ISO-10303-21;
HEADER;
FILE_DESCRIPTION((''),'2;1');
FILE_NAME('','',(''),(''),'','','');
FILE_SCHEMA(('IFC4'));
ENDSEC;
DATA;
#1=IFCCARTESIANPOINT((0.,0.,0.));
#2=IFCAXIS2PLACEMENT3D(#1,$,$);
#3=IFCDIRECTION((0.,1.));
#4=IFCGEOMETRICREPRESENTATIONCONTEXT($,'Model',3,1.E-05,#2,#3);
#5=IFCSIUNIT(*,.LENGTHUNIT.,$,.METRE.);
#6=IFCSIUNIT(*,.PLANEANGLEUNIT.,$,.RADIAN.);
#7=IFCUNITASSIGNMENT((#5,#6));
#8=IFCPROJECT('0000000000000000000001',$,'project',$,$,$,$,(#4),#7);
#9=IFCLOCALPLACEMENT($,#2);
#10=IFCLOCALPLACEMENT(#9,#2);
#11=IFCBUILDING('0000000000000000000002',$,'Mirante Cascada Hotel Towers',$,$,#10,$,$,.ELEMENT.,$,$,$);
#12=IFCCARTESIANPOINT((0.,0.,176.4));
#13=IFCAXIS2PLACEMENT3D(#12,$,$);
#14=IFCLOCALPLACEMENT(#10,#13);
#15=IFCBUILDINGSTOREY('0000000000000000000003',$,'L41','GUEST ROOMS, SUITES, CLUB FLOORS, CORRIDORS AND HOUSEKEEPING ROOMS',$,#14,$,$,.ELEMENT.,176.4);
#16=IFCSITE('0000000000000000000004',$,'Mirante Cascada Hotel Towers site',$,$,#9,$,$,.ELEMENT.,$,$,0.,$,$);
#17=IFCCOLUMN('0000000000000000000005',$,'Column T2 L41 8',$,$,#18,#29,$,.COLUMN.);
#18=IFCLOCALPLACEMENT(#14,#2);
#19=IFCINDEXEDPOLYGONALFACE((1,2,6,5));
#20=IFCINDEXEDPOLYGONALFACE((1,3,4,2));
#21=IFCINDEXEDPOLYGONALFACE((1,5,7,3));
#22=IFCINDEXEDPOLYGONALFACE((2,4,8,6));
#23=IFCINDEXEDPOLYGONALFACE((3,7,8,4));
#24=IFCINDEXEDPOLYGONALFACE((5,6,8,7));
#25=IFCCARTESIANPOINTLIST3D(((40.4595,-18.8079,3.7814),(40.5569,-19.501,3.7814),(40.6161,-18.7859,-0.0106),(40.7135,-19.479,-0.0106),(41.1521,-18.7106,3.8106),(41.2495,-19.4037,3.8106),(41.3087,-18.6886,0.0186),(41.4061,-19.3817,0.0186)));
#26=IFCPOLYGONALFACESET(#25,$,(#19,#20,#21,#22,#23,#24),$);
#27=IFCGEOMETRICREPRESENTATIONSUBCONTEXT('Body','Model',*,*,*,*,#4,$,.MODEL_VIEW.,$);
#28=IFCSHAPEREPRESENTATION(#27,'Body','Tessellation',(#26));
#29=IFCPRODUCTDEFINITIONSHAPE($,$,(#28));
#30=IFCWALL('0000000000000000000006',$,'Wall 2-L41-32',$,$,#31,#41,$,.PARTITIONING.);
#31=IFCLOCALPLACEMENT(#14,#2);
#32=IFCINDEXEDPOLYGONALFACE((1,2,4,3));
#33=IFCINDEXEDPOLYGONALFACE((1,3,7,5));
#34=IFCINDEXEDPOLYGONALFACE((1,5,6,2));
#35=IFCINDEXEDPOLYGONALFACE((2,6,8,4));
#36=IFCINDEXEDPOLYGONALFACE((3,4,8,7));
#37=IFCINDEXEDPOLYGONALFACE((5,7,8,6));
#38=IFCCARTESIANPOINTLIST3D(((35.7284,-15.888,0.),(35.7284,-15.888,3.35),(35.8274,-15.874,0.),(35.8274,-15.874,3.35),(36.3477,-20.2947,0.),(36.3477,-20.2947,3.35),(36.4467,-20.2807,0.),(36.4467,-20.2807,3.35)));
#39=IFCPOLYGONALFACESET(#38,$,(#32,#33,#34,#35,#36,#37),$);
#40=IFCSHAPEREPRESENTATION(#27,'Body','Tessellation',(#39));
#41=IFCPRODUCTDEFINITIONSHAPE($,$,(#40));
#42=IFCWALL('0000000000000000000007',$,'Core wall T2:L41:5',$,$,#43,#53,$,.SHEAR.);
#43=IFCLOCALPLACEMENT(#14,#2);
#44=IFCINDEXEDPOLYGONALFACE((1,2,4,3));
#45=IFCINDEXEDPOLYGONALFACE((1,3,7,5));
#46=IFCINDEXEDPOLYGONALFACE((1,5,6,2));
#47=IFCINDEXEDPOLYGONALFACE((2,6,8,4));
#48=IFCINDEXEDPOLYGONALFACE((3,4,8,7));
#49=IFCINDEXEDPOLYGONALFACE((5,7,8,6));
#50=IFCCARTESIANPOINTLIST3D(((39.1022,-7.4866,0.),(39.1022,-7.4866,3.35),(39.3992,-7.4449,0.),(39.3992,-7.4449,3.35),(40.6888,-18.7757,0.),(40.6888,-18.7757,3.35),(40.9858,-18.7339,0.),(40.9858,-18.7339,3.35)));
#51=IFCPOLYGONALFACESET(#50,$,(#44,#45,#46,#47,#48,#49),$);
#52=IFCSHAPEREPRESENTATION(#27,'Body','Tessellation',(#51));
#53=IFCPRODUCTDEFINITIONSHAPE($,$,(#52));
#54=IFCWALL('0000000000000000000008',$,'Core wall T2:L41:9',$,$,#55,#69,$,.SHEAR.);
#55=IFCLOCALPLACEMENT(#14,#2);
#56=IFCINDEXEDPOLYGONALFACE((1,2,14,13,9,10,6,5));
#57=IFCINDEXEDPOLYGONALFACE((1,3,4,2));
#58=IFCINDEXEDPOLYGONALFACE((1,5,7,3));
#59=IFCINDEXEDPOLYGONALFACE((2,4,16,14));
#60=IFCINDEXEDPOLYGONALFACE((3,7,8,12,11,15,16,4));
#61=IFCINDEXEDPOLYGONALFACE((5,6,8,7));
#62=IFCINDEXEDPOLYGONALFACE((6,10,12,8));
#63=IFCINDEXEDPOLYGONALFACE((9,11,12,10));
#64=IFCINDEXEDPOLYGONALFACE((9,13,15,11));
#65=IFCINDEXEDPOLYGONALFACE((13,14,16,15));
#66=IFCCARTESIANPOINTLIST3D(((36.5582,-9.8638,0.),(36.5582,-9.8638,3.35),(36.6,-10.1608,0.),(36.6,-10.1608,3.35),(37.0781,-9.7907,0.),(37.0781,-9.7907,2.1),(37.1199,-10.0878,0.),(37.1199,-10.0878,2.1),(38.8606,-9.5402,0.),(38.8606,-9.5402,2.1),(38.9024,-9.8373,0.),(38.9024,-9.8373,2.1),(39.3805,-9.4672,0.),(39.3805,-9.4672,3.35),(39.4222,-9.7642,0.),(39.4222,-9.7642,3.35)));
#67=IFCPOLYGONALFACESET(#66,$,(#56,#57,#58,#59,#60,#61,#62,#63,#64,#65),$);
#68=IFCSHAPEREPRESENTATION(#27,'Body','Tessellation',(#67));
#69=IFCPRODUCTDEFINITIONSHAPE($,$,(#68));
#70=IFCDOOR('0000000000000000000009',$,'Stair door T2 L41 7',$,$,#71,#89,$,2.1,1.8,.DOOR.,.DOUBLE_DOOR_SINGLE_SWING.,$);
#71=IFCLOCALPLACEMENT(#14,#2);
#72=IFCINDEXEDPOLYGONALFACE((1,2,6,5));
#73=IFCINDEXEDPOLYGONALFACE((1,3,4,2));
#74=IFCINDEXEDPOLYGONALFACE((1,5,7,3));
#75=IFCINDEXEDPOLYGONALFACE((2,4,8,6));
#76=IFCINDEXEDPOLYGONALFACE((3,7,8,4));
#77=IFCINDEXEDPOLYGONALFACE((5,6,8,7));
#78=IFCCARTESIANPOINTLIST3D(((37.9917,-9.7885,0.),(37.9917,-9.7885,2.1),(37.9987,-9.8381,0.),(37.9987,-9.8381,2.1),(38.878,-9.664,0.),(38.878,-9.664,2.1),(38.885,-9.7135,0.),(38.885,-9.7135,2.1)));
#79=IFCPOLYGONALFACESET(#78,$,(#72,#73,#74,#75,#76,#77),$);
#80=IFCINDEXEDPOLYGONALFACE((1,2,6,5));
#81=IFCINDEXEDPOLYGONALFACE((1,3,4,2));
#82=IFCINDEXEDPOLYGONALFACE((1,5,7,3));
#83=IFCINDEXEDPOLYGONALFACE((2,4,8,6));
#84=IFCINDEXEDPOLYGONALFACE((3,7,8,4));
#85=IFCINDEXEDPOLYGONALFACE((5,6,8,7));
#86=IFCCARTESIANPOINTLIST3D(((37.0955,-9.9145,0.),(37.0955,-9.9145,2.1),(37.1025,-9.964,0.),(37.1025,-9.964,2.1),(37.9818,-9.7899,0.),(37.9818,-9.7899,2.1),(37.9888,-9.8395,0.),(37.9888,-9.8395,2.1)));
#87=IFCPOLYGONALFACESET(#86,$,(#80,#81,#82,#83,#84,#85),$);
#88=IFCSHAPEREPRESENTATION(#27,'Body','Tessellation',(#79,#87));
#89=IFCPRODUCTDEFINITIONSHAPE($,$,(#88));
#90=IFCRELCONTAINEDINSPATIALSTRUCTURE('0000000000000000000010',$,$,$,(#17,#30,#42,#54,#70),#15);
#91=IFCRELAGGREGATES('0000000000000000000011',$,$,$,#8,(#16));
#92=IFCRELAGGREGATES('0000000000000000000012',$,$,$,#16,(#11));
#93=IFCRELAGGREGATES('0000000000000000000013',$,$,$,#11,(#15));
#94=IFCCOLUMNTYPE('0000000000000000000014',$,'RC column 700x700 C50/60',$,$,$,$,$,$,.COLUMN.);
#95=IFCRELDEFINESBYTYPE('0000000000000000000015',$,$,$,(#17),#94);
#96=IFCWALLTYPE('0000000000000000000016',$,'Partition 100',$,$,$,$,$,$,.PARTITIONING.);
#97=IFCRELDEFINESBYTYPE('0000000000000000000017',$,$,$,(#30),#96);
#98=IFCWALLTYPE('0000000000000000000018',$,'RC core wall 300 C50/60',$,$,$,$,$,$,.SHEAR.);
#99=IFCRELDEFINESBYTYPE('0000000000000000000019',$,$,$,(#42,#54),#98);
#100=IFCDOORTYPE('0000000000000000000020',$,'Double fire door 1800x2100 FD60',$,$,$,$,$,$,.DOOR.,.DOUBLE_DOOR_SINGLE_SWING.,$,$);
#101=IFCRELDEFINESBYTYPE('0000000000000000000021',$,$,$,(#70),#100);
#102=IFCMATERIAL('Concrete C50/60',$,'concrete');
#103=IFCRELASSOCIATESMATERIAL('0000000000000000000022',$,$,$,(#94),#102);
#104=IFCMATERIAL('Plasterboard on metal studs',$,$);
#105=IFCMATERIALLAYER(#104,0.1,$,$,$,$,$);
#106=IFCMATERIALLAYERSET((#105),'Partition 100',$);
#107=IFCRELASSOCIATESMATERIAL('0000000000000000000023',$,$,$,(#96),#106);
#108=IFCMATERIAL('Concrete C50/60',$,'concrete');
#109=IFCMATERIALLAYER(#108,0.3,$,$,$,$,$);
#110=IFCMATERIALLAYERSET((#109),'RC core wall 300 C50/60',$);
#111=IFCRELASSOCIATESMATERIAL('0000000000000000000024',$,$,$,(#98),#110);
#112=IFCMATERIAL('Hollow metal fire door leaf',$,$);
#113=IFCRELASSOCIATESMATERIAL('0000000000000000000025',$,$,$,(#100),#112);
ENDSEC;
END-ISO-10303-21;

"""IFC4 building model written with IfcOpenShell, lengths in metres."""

from ifc_helpers import new_model, si_unit, direction, frame, frame_2d, origin, origin_2d, place, context, subcontext, project, spatial, rectangle, extrude, material, layer, layer_set, material_profile, profile_set, type_object, element, fill, save


model = new_model("IFC4")

# Units and contexts
model_context = context("Model", 3, precision=1e-05, world=origin(), true_north=direction((0.0, 1.0)))
body_context = subcontext(model_context, "Body", "Model", "MODEL_VIEW")
ifc_project = project(units=[si_unit("LENGTHUNIT", "METRE"), si_unit("PLANEANGLEUNIT", "RADIAN")], contexts=[model_context])

# Site, building, storey
site_placement = place(None, origin())
site = spatial("IfcSite", under=ifc_project, at=site_placement, Name="Mirante Cascada Hotel Towers site", CompositionType="ELEMENT", RefElevation=0.0)
building_placement = place(site_placement, origin())
building = spatial("IfcBuilding", under=site, at=building_placement, Name="Mirante Cascada Hotel Towers", CompositionType="ELEMENT")
storey_placement = place(building_placement, frame((0.0, 0.0, 176.4)))
storey = spatial("IfcBuildingStorey", under=building, at=storey_placement, Name="L41", Description="GUEST ROOMS, SUITES, CLUB FLOORS, CORRIDORS AND HOUSEKEEPING ROOMS", CompositionType="ELEMENT", Elevation=176.4)

# Column
ifc_material_1 = material(Name="Concrete C50/60", Category="concrete")
ifc_material_profile = material_profile(ifc_material_1, rectangle(XDim=0.7, YDim=0.7, at=origin_2d()), Name="RC column 700x700 C50/60")
ifc_profile_set = profile_set([ifc_material_profile], Name="Concrete C50/60")
column_type = type_object("IfcColumnType", Name="RC column 700x700 C50/60", PredefinedType="COLUMN", material=ifc_profile_set)
column_placement = place(storey_placement, frame((41.0111, -19.0838, 0.004), z_axis=(-0.041262, -0.005797, 0.999132), x_axis=(0.139119, -0.990276, 0.0)))
element("IfcColumn", 1, at=column_placement, inside=storey, type_object=column_type, Name="Column T2 L41 8", PredefinedType="COLUMN", context=body_context, shape_type="SweptSolid", body=[
    extrude(rectangle(XDim=0.7, YDim=0.7, at=origin_2d()), origin(), (0.0, 0.0, 1.0), 3.7953),
])

# Walls
ifc_material_2 = material(Name="Plasterboard on metal studs")
ifc_layer_1 = layer(ifc_material_2, 0.1)
ifc_layer_set_1 = layer_set([ifc_layer_1], Name="Partition 100")
wall_type_1 = type_object("IfcWallType", Name="Partition 100", PredefinedType="PARTITIONING", material=ifc_layer_set_1)
wall_1_placement = place(storey_placement, frame((36.3972, -20.2877, 0.0), z_axis=(0.0, 0.0, 1.0), x_axis=(-0.139168, 0.990269, 0.0)))
element("IfcWall", 2, at=wall_1_placement, inside=storey, type_object=wall_type_1, Name="Wall 2-L41-32", PredefinedType="PARTITIONING", context=body_context, shape_type="SweptSolid", body=[
    extrude(rectangle(XDim=4.45, YDim=0.1, at=frame_2d((2.225, 0.0))), origin(), (0.0, 0.0, 1.0), 3.35),
])
ifc_material_3 = material(Name="Concrete C50/60", Category="concrete")
ifc_layer_2 = layer(ifc_material_3, 0.3)
ifc_layer_set_2 = layer_set([ifc_layer_2], Name="RC core wall 300 C50/60")
wall_type_2 = type_object("IfcWallType", Name="RC core wall 300 C50/60", PredefinedType="SHEAR", material=ifc_layer_set_2)
wall_2_placement = place(storey_placement, frame((40.8373, -18.7548, 0.0), z_axis=(0.0, 0.0, 1.0), x_axis=(-0.139175, 0.990268, 0.0)))
element("IfcWall", 3, at=wall_2_placement, inside=storey, type_object=wall_type_2, Name="Core wall T2:L41:5", PredefinedType="SHEAR", context=body_context, shape_type="SweptSolid", body=[
    extrude(rectangle(XDim=11.4, YDim=0.3, at=frame_2d((5.7, 0.0))), origin(), (0.0, 0.0, 1.0), 3.35),
])

# Wall, opening, door
wall_3_placement = place(storey_placement, frame((36.5791, -10.0123, 0.0), z_axis=(0.0, 0.0, 1.0), x_axis=(0.99027, 0.139156, 0.0)))
wall_3 = element("IfcWall", 4, at=wall_3_placement, inside=storey, type_object=wall_type_2, Name="Core wall T2:L41:9", PredefinedType="SHEAR", context=body_context, shape_type="SweptSolid", body=[
    extrude(rectangle(XDim=2.85, YDim=0.3, at=frame_2d((1.425, 0.0))), origin(), (0.0, 0.0, 1.0), 3.35),
])
opening_1_placement = place(wall_3_placement, frame((0.525, 0.0, 0.0)))
opening_1 = element("IfcOpeningElement", 5, at=opening_1_placement, cuts=wall_3, PredefinedType="OPENING", context=body_context, shape_type="SweptSolid", body=[
    extrude(rectangle(XDim=1.8, YDim=2.1, at=frame_2d((0.9, 1.05))), frame((0.0, 0.15, 0.0), z_axis=(0.0, -1.0, 0.0), x_axis=(1.0, 0.0, 0.0)), (0.0, 0.0, 1.0), 0.3),
])
ifc_material_4 = material(Name="Hollow metal fire door leaf")
door_type_1 = type_object("IfcDoorType", Name="Double fire door 1800x2100 FD60", OperationType="DOUBLE_DOOR_SINGLE_SWING", PredefinedType="DOOR", material=ifc_material_4)
door_1_placement = place(opening_1_placement, frame((1.8, 0.0, 0.0), z_axis=(0.0, 0.0, 1.0), x_axis=(-1.0, 0.0, 0.0)))
door_1 = element("IfcDoor", 6, at=door_1_placement, inside=storey, type_object=door_type_1, Name="Stair door T2 L41 7", OperationType="DOUBLE_DOOR_SINGLE_SWING", OverallHeight=2.1, OverallWidth=1.8, PredefinedType="DOOR", context=body_context, shape_type="SweptSolid", body=[
    extrude(rectangle(XDim=0.895, YDim=2.1, at=frame_2d((0.4475, 1.05))), frame((0.0, 0.025, 0.0), z_axis=(0.0, -1.0, 0.0), x_axis=(1.0, 0.0, 0.0)), (0.0, 0.0, 1.0), 0.05),
    extrude(rectangle(XDim=0.895, YDim=2.1, at=frame_2d((1.3525, 1.05))), frame((0.0, 0.025, 0.0), z_axis=(0.0, -1.0, 0.0), x_axis=(1.0, 0.0, 0.0)), (0.0, 0.0, 1.0), 0.05),
])
fill(opening_1, door_1)

save(model, "model.ifc")
